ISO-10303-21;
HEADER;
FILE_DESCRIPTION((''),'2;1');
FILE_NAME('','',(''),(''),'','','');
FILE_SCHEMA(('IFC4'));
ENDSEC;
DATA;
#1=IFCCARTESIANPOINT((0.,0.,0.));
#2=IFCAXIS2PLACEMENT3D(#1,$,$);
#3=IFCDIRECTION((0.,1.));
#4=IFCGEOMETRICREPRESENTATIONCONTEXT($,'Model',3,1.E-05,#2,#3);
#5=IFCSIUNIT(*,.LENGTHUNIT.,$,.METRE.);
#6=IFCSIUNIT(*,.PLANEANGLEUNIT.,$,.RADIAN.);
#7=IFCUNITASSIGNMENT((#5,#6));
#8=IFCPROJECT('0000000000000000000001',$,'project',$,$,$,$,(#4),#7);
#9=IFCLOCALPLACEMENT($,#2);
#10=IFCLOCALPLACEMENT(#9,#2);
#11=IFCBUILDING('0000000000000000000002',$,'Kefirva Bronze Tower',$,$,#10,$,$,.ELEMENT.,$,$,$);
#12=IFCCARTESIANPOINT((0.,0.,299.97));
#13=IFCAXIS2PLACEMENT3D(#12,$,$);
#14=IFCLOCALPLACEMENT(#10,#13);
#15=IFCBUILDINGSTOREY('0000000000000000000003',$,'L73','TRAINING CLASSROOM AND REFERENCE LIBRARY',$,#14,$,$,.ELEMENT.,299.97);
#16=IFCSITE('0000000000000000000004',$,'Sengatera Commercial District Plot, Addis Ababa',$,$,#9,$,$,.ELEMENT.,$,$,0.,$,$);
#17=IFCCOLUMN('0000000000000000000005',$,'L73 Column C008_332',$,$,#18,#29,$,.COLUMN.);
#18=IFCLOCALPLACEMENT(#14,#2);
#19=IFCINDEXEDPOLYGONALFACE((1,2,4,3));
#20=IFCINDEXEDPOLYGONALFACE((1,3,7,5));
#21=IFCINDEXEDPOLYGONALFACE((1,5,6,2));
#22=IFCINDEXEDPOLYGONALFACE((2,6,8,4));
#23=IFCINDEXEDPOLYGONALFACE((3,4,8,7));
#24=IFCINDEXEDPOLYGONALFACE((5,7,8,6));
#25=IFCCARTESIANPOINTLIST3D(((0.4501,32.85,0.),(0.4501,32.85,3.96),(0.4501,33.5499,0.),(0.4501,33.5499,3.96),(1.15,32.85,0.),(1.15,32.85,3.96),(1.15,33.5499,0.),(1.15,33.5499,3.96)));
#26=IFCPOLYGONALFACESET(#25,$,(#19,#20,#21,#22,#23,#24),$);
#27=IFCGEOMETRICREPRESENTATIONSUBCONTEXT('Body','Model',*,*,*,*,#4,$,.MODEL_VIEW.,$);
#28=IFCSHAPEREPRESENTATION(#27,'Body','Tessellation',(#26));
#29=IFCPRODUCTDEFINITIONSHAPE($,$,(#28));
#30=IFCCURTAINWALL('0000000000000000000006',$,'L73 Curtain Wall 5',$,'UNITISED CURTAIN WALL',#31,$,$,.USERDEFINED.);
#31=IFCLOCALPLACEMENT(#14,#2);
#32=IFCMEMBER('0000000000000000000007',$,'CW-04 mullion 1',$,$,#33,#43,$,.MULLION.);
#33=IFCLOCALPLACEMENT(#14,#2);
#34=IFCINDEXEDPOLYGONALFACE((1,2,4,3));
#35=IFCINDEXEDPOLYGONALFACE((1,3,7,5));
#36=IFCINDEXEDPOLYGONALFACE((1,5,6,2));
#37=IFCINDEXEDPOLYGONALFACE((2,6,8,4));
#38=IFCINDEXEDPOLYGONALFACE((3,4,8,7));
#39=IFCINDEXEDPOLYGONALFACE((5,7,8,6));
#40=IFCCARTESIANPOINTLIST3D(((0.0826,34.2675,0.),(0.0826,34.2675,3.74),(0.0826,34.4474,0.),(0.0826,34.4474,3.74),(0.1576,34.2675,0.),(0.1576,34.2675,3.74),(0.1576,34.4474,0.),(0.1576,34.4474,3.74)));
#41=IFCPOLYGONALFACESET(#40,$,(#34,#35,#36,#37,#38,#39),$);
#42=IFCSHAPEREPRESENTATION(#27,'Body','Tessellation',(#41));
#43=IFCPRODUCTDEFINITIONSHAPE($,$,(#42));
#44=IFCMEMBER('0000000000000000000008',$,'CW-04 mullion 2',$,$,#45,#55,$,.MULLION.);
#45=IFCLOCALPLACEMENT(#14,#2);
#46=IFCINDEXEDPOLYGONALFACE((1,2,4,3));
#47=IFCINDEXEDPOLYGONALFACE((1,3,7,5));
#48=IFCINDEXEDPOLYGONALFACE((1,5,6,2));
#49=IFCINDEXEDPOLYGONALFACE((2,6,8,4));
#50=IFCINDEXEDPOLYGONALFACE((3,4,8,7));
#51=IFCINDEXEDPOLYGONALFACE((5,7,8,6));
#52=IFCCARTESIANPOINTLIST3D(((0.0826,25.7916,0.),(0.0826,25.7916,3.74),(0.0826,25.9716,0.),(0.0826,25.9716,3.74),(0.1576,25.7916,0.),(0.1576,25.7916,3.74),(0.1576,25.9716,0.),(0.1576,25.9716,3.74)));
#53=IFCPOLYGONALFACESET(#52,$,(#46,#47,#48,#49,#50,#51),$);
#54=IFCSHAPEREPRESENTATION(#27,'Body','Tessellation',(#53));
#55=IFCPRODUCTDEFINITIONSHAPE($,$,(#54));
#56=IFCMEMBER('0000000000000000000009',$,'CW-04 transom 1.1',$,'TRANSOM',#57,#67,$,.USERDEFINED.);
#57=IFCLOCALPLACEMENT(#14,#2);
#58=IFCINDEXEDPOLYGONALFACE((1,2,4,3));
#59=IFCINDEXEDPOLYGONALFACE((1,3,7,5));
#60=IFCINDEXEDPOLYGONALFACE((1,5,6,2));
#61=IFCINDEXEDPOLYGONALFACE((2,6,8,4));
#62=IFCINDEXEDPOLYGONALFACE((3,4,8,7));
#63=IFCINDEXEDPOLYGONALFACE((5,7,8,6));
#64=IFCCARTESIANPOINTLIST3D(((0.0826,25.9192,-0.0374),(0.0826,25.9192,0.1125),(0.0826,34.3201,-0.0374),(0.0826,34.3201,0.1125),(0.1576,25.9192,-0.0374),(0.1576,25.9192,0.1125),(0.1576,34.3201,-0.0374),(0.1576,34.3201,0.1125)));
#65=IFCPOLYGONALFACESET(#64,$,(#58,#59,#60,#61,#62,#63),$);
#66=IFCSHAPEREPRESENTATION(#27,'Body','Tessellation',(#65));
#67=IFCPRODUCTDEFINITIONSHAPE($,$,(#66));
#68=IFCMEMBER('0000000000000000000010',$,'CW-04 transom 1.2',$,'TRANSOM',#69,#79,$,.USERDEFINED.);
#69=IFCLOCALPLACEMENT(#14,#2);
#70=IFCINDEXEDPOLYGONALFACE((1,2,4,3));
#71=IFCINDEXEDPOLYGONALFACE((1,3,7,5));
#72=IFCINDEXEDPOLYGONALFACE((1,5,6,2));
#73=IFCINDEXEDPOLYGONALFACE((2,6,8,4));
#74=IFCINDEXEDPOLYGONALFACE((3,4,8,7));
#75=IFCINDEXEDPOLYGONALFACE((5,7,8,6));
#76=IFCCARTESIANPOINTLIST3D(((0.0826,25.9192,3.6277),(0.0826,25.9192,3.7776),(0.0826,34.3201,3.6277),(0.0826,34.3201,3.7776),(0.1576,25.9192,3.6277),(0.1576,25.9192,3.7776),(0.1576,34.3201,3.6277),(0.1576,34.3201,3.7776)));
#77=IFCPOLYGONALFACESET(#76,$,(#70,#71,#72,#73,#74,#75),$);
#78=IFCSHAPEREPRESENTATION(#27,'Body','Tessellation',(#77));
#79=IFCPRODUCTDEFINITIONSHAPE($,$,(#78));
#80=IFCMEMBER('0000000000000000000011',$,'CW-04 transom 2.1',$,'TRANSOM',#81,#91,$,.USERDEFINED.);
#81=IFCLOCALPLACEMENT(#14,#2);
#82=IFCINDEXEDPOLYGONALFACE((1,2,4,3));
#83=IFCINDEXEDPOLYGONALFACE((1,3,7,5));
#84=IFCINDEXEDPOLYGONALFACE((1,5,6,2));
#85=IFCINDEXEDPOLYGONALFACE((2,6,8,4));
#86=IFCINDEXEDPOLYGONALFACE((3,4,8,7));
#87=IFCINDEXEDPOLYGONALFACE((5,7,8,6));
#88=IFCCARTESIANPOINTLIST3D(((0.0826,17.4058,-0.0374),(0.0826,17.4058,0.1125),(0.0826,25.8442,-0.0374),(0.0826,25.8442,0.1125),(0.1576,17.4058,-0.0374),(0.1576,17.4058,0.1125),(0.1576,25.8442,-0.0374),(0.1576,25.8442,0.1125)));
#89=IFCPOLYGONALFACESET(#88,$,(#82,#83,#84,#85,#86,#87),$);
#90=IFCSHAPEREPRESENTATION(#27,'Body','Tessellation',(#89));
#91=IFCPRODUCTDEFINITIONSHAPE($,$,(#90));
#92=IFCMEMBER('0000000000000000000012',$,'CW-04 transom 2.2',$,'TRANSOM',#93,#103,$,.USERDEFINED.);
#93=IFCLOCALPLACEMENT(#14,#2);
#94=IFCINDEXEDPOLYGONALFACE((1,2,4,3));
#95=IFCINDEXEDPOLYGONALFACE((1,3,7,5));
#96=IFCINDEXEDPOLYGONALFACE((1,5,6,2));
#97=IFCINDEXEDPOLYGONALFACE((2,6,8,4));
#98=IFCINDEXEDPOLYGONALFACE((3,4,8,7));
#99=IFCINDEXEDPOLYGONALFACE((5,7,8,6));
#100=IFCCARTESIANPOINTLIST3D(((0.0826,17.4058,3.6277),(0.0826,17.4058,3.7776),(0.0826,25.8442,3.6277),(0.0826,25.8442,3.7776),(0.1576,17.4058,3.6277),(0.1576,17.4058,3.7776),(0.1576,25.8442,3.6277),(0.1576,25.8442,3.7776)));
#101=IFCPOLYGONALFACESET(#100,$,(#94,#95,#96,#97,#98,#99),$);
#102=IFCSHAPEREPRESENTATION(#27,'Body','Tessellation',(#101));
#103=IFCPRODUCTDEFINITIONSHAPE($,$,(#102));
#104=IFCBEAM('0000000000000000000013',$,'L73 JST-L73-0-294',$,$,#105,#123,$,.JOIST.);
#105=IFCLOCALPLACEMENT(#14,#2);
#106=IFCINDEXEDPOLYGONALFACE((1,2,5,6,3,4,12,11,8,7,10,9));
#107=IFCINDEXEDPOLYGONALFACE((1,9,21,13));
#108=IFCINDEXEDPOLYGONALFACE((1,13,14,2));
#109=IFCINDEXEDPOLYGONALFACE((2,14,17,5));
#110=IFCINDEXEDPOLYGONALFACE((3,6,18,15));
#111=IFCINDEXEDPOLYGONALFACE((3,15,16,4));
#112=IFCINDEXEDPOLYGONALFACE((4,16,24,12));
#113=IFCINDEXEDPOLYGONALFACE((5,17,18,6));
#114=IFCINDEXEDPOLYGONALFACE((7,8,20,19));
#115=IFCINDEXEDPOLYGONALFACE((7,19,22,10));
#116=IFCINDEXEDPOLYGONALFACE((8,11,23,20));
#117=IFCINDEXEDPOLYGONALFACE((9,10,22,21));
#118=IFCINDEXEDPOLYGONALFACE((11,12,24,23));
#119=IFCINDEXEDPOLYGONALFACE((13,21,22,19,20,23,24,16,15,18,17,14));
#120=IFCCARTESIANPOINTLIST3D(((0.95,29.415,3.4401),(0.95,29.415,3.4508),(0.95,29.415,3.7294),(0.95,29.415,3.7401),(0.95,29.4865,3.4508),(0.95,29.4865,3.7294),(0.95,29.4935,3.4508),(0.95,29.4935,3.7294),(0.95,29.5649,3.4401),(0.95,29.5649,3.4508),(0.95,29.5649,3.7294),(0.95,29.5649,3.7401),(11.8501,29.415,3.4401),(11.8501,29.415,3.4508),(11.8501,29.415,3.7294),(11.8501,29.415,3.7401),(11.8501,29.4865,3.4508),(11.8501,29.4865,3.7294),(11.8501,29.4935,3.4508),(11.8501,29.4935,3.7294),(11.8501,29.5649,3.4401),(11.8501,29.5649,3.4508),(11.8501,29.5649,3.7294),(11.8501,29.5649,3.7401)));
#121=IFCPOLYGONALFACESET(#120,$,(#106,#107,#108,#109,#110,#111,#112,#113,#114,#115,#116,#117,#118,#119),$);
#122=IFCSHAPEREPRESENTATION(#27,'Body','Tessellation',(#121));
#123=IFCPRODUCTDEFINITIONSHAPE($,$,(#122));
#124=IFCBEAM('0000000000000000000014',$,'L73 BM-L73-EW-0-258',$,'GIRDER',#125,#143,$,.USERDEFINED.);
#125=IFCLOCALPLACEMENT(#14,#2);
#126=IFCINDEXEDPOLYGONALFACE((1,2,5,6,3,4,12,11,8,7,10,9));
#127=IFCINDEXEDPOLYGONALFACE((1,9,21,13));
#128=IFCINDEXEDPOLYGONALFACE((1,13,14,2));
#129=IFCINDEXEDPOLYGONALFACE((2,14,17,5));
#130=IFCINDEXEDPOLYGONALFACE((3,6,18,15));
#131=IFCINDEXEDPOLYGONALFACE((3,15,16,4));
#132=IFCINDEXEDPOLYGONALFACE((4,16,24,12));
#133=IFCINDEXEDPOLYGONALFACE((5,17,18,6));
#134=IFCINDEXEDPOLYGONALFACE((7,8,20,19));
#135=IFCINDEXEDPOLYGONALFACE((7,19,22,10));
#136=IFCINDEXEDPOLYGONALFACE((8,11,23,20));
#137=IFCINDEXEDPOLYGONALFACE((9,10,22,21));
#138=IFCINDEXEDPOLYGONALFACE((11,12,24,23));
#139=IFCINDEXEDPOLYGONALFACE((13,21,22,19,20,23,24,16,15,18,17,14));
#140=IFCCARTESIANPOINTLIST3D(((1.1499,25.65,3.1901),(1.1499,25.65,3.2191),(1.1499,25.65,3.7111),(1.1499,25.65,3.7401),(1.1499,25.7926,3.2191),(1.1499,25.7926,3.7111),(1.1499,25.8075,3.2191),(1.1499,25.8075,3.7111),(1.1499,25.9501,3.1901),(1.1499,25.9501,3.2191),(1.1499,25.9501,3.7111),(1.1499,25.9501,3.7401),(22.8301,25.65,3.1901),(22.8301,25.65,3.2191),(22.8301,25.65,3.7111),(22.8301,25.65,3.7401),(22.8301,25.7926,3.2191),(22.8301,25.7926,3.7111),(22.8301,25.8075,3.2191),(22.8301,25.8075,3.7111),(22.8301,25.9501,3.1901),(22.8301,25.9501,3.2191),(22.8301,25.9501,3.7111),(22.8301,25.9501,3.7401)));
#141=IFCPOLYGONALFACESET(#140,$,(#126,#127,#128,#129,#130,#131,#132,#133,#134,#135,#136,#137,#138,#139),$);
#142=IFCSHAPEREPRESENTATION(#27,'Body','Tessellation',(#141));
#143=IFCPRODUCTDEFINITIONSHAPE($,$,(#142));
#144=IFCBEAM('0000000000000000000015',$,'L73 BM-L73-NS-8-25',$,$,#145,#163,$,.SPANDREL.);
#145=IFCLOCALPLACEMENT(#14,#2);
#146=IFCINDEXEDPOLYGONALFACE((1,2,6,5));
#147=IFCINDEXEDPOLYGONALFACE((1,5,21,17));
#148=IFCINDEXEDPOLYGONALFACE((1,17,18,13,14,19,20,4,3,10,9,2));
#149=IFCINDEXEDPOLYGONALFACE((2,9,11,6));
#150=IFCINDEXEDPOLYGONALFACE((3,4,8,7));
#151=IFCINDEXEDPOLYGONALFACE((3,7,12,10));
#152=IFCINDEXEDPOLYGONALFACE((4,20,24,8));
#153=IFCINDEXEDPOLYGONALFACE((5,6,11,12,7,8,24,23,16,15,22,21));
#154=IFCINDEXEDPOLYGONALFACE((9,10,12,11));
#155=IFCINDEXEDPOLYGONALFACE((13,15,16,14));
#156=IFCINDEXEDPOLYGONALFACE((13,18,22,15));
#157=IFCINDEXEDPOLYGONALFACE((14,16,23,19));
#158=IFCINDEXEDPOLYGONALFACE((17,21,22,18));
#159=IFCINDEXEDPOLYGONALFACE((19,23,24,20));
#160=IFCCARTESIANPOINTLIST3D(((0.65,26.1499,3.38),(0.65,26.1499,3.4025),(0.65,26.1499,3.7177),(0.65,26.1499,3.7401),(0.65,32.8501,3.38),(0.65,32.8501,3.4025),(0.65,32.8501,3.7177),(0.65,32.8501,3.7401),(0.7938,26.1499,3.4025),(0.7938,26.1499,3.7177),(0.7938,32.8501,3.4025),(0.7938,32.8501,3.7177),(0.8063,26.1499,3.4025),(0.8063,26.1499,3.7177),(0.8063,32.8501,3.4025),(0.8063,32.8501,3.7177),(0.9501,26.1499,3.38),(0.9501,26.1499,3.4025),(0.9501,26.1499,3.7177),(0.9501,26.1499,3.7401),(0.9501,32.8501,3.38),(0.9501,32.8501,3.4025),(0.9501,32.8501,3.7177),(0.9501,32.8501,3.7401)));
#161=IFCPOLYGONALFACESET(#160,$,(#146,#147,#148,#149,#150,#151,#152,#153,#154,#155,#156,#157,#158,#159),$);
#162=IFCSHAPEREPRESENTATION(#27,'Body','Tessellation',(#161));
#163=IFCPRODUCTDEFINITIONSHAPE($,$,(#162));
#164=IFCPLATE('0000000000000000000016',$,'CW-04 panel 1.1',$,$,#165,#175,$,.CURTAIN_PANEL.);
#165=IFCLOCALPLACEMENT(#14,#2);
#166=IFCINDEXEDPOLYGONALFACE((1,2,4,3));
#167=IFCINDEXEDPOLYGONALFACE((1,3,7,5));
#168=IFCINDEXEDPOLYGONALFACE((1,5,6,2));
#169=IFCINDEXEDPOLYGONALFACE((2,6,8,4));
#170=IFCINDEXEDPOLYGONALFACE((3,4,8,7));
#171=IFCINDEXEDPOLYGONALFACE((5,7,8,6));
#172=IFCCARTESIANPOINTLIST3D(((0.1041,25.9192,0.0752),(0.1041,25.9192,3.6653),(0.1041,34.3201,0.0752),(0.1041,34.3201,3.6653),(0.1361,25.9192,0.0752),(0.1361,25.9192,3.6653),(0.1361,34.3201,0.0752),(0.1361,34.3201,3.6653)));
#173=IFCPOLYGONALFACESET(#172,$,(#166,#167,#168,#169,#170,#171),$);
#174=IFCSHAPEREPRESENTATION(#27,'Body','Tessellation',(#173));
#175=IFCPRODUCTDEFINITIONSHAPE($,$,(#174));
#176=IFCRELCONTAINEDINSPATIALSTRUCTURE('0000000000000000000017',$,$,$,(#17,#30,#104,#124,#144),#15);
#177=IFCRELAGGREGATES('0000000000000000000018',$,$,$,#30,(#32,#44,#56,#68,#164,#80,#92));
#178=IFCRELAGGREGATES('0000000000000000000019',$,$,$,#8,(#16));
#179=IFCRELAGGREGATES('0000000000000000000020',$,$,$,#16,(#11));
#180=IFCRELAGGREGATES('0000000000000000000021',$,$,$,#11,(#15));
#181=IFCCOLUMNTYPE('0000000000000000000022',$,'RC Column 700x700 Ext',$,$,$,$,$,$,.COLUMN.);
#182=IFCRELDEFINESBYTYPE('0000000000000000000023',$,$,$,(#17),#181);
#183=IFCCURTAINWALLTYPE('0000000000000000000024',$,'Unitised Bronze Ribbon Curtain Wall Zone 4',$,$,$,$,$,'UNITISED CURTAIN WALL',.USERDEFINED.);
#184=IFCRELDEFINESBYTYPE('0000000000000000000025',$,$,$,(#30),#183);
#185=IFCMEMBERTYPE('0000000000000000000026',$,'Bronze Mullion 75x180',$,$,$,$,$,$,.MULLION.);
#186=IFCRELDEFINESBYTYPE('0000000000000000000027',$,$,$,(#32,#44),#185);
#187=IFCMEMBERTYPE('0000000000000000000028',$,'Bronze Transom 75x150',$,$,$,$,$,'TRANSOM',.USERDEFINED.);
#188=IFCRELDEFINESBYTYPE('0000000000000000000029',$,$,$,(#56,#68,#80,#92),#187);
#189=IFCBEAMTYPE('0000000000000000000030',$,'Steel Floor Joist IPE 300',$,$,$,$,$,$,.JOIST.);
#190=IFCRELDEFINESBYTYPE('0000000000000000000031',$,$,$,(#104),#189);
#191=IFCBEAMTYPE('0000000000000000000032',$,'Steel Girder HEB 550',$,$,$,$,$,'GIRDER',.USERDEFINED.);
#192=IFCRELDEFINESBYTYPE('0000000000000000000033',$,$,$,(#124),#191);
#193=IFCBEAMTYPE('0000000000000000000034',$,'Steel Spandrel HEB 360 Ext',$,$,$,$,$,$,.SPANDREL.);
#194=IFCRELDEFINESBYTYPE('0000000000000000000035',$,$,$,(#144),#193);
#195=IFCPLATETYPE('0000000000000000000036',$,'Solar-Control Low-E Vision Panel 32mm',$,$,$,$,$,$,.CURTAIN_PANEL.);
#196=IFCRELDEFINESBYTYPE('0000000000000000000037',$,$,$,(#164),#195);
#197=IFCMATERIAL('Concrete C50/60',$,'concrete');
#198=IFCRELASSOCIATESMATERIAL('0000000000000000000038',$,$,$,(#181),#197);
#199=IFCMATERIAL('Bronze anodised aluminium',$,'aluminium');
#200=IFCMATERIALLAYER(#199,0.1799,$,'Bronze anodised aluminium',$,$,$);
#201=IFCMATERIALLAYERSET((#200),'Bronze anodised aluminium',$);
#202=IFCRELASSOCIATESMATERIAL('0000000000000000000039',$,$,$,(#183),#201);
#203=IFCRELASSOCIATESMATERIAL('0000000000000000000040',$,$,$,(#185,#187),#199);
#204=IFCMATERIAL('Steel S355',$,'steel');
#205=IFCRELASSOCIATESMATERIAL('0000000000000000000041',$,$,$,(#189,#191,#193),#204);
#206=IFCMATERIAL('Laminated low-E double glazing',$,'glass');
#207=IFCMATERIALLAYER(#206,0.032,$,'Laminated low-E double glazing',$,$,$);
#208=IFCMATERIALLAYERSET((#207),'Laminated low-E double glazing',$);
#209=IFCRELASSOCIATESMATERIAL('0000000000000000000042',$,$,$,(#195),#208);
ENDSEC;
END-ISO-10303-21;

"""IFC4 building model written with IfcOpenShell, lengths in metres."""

from ifc_helpers import new_model, si_unit, direction, frame, origin, origin_2d, place, context, subcontext, project, spatial, rectangle, i_section, extrude, material, layer, layer_set, material_profile, profile_set, type_object, element, aggregate, save


model = new_model("IFC4")

# Units and contexts
model_context = context("Model", 3, precision=1e-05, world=origin(), true_north=direction((0.0, 1.0)))
body_context = subcontext(model_context, "Body", "Model", "MODEL_VIEW")
ifc_project = project(units=[si_unit("LENGTHUNIT", "METRE"), si_unit("PLANEANGLEUNIT", "RADIAN")], contexts=[model_context])

# Site, building, storey
site_placement = place(None, origin())
site = spatial("IfcSite", under=ifc_project, at=site_placement, Name="Sengatera Commercial District Plot, Addis Ababa", CompositionType="ELEMENT", RefElevation=0.0)
building_placement = place(site_placement, origin())
building = spatial("IfcBuilding", under=site, at=building_placement, Name="Kefirva Bronze Tower", CompositionType="ELEMENT")
storey_placement = place(building_placement, frame((0.0, 0.0, 299.97)))
storey = spatial("IfcBuildingStorey", under=building, at=storey_placement, Name="L73", Description="TRAINING CLASSROOM AND REFERENCE LIBRARY", CompositionType="ELEMENT", Elevation=299.97)

# Column
ifc_material_1 = material(Name="Concrete C50/60", Category="concrete")
ifc_material_profile_1 = material_profile(ifc_material_1, rectangle(XDim=0.7, YDim=0.7, at=origin_2d()), Name="RC 700x700")
ifc_profile_set_1 = profile_set([ifc_material_profile_1], Name="Concrete C50/60")
column_type = type_object("IfcColumnType", Name="RC Column 700x700 Ext", PredefinedType="COLUMN", material=ifc_profile_set_1)
column_placement = place(storey_placement, frame((0.8, 33.2, 0.0), z_axis=(0.0, 0.0, 1.0), x_axis=(1.0, 0.0, 0.0)))
element("IfcColumn", 1, at=column_placement, inside=storey, type_object=column_type, Name="L73 Column C008_332", PredefinedType="COLUMN", context=body_context, shape_type="SweptSolid", body=[
    extrude(rectangle(XDim=0.7, YDim=0.7, at=origin_2d()), origin(), (0.0, 0.0, 1.0), 3.96),
])

# Curtain wall, members
ifc_material_2 = material(Name="Bronze anodised aluminium", Category="aluminium")
ifc_layer_1 = layer(ifc_material_2, 0.1799, Name="Bronze anodised aluminium")
ifc_layer_set_1 = layer_set([ifc_layer_1], Name="Bronze anodised aluminium")
curtain_wall_type = type_object("IfcCurtainWallType", Name="Unitised Bronze Ribbon Curtain Wall Zone 4", ElementType="UNITISED CURTAIN WALL", PredefinedType="USERDEFINED", material=ifc_layer_set_1)
curtain_wall_placement = place(storey_placement, origin())
curtain_wall = element("IfcCurtainWall", 2, at=curtain_wall_placement, inside=storey, type_object=curtain_wall_type, Name="L73 Curtain Wall 5", ObjectType="UNITISED CURTAIN WALL", PredefinedType="USERDEFINED")
ifc_material_profile_2 = material_profile(ifc_material_2, rectangle(XDim=0.075, YDim=0.1799, at=origin_2d()), Name="ALU 75x180")
ifc_profile_set_2 = profile_set([ifc_material_profile_2], Name="Bronze anodised aluminium")
member_type_1 = type_object("IfcMemberType", Name="Bronze Mullion 75x180", PredefinedType="MULLION", material=ifc_profile_set_2)
member_1_placement = place(storey_placement, frame((0.1201, 34.3574, 0.0), z_axis=(0.0, 0.0, 1.0), x_axis=(1.0, 0.0, 0.0)))
member_1 = element("IfcMember", 3, at=member_1_placement, type_object=member_type_1, Name="CW-04 mullion 1", PredefinedType="MULLION", context=body_context, shape_type="SweptSolid", body=[
    extrude(rectangle(XDim=0.075, YDim=0.1799, at=origin_2d()), origin(), (0.0, 0.0, 1.0), 3.74),
])
member_2_placement = place(storey_placement, frame((0.1201, 25.8816, 0.0), z_axis=(0.0, 0.0, 1.0), x_axis=(1.0, 0.0, 0.0)))
member_2 = element("IfcMember", 4, at=member_2_placement, type_object=member_type_1, Name="CW-04 mullion 2", PredefinedType="MULLION", context=body_context, shape_type="SweptSolid", body=[
    extrude(rectangle(XDim=0.075, YDim=0.1799, at=origin_2d()), origin(), (0.0, 0.0, 1.0), 3.74),
])
ifc_material_profile_3 = material_profile(ifc_material_2, rectangle(XDim=0.075, YDim=0.1499, at=origin_2d()), Name="ALU 75x150")
ifc_profile_set_3 = profile_set([ifc_material_profile_3], Name="Bronze anodised aluminium")
member_type_2 = type_object("IfcMemberType", Name="Bronze Transom 75x150", ElementType="TRANSOM", PredefinedType="USERDEFINED", material=ifc_profile_set_3)
member_3_placement = place(storey_placement, frame((0.1201, 34.3201, 0.0376), z_axis=(0.0, -1.0, 0.0), x_axis=(1.0, 0.0, 0.0)))
member_3 = element("IfcMember", 5, at=member_3_placement, type_object=member_type_2, Name="CW-04 transom 1.1", ObjectType="TRANSOM", PredefinedType="USERDEFINED", context=body_context, shape_type="SweptSolid", body=[
    extrude(rectangle(XDim=0.075, YDim=0.1499, at=origin_2d()), origin(), (0.0, 0.0, 1.0), 8.4009),
])
member_4_placement = place(storey_placement, frame((0.1201, 34.3201, 3.7026), z_axis=(0.0, -1.0, 0.0), x_axis=(1.0, 0.0, 0.0)))
member_4 = element("IfcMember", 6, at=member_4_placement, type_object=member_type_2, Name="CW-04 transom 1.2", ObjectType="TRANSOM", PredefinedType="USERDEFINED", context=body_context, shape_type="SweptSolid", body=[
    extrude(rectangle(XDim=0.075, YDim=0.1499, at=origin_2d()), origin(), (0.0, 0.0, 1.0), 8.4009),
])
member_5_placement = place(storey_placement, frame((0.1201, 25.8442, 0.0376), z_axis=(0.0, -1.0, 0.0), x_axis=(1.0, 0.0, 0.0)))
member_5 = element("IfcMember", 7, at=member_5_placement, type_object=member_type_2, Name="CW-04 transom 2.1", ObjectType="TRANSOM", PredefinedType="USERDEFINED", context=body_context, shape_type="SweptSolid", body=[
    extrude(rectangle(XDim=0.075, YDim=0.1499, at=origin_2d()), origin(), (0.0, 0.0, 1.0), 8.4385),
])
member_6_placement = place(storey_placement, frame((0.1201, 25.8442, 3.7026), z_axis=(0.0, -1.0, 0.0), x_axis=(1.0, 0.0, 0.0)))
member_6 = element("IfcMember", 8, at=member_6_placement, type_object=member_type_2, Name="CW-04 transom 2.2", ObjectType="TRANSOM", PredefinedType="USERDEFINED", context=body_context, shape_type="SweptSolid", body=[
    extrude(rectangle(XDim=0.075, YDim=0.1499, at=origin_2d()), origin(), (0.0, 0.0, 1.0), 8.4385),
])

# Beams
ifc_material_3 = material(Name="Steel S355", Category="steel")
ifc_material_profile_4 = material_profile(ifc_material_3, i_section(OverallWidth=0.1499, OverallDepth=0.3, WebThickness=0.0071, FlangeThickness=0.0107, at=origin_2d()), Name="IPE 300")
ifc_profile_set_4 = profile_set([ifc_material_profile_4], Name="Steel S355")
beam_type_1 = type_object("IfcBeamType", Name="Steel Floor Joist IPE 300", PredefinedType="JOIST", material=ifc_profile_set_4)
beam_1_placement = place(storey_placement, frame((0.95, 29.49, 3.5901), z_axis=(1.0, 0.0, 0.0), x_axis=(0.0, 1.0, 0.0)))
element("IfcBeam", 9, at=beam_1_placement, inside=storey, type_object=beam_type_1, Name="L73 JST-L73-0-294", PredefinedType="JOIST", context=body_context, shape_type="SweptSolid", body=[
    extrude(i_section(OverallWidth=0.1499, OverallDepth=0.3, WebThickness=0.0071, FlangeThickness=0.0107, at=origin_2d()), origin(), (0.0, 0.0, 1.0), 10.9001),
])
ifc_material_profile_5 = material_profile(ifc_material_3, i_section(OverallWidth=0.3, OverallDepth=0.55, WebThickness=0.0149, FlangeThickness=0.0291, at=origin_2d()), Name="HEB 550")
ifc_profile_set_5 = profile_set([ifc_material_profile_5], Name="Steel S355")
beam_type_2 = type_object("IfcBeamType", Name="Steel Girder HEB 550", ElementType="GIRDER", PredefinedType="USERDEFINED", material=ifc_profile_set_5)
beam_2_placement = place(storey_placement, frame((1.1499, 25.8, 3.4651), z_axis=(1.0, 0.0, 0.0), x_axis=(0.0, 1.0, 0.0)))
element("IfcBeam", 10, at=beam_2_placement, inside=storey, type_object=beam_type_2, Name="L73 BM-L73-EW-0-258", ObjectType="GIRDER", PredefinedType="USERDEFINED", context=body_context, shape_type="SweptSolid", body=[
    extrude(i_section(OverallWidth=0.3, OverallDepth=0.55, WebThickness=0.0149, FlangeThickness=0.0291, at=origin_2d()), origin(), (0.0, 0.0, 1.0), 21.6802),
])
ifc_material_profile_6 = material_profile(ifc_material_3, i_section(OverallWidth=0.3, OverallDepth=0.3601, WebThickness=0.0125, FlangeThickness=0.0225, at=origin_2d()), Name="HEB 360")
ifc_profile_set_6 = profile_set([ifc_material_profile_6], Name="Steel S355")
beam_type_3 = type_object("IfcBeamType", Name="Steel Spandrel HEB 360 Ext", PredefinedType="SPANDREL", material=ifc_profile_set_6)
beam_3_placement = place(storey_placement, frame((0.8, 26.1499, 3.5601), z_axis=(0.0, 1.0, 0.0), x_axis=(-1.0, 0.0, 0.0)))
element("IfcBeam", 11, at=beam_3_placement, inside=storey, type_object=beam_type_3, Name="L73 BM-L73-NS-8-25", PredefinedType="SPANDREL", context=body_context, shape_type="SweptSolid", body=[
    extrude(i_section(OverallWidth=0.3, OverallDepth=0.3601, WebThickness=0.0125, FlangeThickness=0.0225, at=origin_2d()), origin(), (0.0, 0.0, 1.0), 6.7002),
])

# Plate
ifc_material_4 = material(Name="Laminated low-E double glazing", Category="glass")
ifc_layer_2 = layer(ifc_material_4, 0.032, Name="Laminated low-E double glazing")
ifc_layer_set_2 = layer_set([ifc_layer_2], Name="Laminated low-E double glazing")
plate_type = type_object("IfcPlateType", Name="Solar-Control Low-E Vision Panel 32mm", PredefinedType="CURTAIN_PANEL", material=ifc_layer_set_2)
plate_placement = place(storey_placement, frame((0.1201, 30.1196, 0.0752), z_axis=(0.0, 0.0, 1.0), x_axis=(0.0, -1.0, 0.0)))
plate = element("IfcPlate", 12, at=plate_placement, type_object=plate_type, Name="CW-04 panel 1.1", PredefinedType="CURTAIN_PANEL", context=body_context, shape_type="SweptSolid", body=[
    extrude(rectangle(XDim=8.4009, YDim=0.032, at=origin_2d()), origin(), (0.0, 0.0, 1.0), 3.5901),
])
aggregate(curtain_wall, [member_1, member_2, member_3, member_4, plate, member_5, member_6])

save(model, "model.ifc")
